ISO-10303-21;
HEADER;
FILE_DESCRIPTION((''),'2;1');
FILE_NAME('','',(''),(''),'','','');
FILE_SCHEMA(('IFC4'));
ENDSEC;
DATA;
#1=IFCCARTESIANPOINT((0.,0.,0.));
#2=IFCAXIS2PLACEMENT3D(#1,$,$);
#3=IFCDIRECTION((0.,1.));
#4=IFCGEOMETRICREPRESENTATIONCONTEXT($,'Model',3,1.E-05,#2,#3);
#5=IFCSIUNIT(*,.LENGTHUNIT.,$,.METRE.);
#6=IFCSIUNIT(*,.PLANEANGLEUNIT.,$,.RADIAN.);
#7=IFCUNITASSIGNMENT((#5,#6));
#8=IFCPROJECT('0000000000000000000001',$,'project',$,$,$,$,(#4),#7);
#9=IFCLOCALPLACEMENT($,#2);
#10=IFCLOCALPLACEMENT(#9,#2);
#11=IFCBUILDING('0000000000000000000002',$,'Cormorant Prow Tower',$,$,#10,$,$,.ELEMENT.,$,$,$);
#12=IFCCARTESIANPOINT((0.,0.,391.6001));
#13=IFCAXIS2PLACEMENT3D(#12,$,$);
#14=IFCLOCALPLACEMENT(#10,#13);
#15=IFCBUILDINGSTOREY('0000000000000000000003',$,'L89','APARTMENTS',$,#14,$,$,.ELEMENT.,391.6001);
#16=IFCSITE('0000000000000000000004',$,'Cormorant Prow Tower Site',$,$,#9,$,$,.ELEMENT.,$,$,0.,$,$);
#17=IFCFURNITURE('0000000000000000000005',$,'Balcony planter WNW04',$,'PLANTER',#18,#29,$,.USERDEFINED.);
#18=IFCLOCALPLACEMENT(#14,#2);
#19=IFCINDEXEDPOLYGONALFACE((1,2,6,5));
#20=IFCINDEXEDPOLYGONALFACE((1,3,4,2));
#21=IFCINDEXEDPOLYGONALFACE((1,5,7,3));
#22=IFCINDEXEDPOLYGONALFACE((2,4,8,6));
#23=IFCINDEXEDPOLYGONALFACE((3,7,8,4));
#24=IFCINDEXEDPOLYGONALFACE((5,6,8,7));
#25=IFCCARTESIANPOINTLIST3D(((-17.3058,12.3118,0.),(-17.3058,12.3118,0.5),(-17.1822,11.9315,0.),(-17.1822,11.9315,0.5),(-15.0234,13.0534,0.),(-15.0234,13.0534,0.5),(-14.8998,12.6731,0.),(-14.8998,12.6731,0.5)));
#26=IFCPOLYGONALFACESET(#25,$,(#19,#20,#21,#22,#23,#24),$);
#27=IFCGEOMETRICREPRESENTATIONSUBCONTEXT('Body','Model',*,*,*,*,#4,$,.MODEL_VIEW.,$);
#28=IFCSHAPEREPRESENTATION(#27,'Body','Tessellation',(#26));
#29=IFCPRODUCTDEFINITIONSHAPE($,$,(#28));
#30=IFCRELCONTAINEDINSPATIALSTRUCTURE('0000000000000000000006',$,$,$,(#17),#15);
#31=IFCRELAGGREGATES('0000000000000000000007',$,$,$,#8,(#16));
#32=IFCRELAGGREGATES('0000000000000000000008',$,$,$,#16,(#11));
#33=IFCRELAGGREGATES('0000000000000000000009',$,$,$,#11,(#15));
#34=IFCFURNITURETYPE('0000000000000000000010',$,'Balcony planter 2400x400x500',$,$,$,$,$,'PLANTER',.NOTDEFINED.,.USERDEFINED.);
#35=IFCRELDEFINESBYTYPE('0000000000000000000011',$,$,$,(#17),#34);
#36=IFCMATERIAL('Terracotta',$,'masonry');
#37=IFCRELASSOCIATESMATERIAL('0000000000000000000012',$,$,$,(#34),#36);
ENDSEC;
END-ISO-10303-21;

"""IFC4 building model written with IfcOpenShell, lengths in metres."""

from ifc_helpers import new_model, si_unit, direction, frame, origin, origin_2d, place, context, subcontext, project, spatial, rectangle, extrude, material, type_object, element, save


model = new_model("IFC4")

# Units and contexts
model_context = context("Model", 3, precision=1e-05, world=origin(), true_north=direction((0.0, 1.0)))
body_context = subcontext(model_context, "Body", "Model", "MODEL_VIEW")
ifc_project = project(units=[si_unit("LENGTHUNIT", "METRE"), si_unit("PLANEANGLEUNIT", "RADIAN")], contexts=[model_context])

# Site, building, storey
site_placement = place(None, origin())
site = spatial("IfcSite", under=ifc_project, at=site_placement, Name="Cormorant Prow Tower Site", CompositionType="ELEMENT", RefElevation=0.0)
building_placement = place(site_placement, origin())
building = spatial("IfcBuilding", under=site, at=building_placement, Name="Cormorant Prow Tower", CompositionType="ELEMENT")
storey_placement = place(building_placement, frame((0.0, 0.0, 391.6001)))
storey = spatial("IfcBuildingStorey", under=building, at=storey_placement, Name="L89", Description="APARTMENTS", CompositionType="ELEMENT", Elevation=391.6001)

# Furniture
ifc_material_1 = material(Name="Terracotta", Category="masonry")
furniture_type = type_object("IfcFurnitureType", Name="Balcony planter 2400x400x500", ElementType="PLANTER", AssemblyPlace="NOTDEFINED", PredefinedType="USERDEFINED", material=ifc_material_1)
furniture_placement = place(storey_placement, frame((-16.1028, 12.4924, 0.0), z_axis=(0.0, 0.0, 1.0), x_axis=(-0.951056, -0.309017, 0.0)))
element("IfcFurniture", 1, at=furniture_placement, inside=storey, type_object=furniture_type, Name="Balcony planter WNW04", ObjectType="PLANTER", PredefinedType="USERDEFINED", context=body_context, shape_type="SweptSolid", body=[
    extrude(rectangle(XDim=2.3999, YDim=0.3999, at=origin_2d()), origin(), (0.0, 0.0, 1.0), 0.5),
])

save(model, "model.ifc")
